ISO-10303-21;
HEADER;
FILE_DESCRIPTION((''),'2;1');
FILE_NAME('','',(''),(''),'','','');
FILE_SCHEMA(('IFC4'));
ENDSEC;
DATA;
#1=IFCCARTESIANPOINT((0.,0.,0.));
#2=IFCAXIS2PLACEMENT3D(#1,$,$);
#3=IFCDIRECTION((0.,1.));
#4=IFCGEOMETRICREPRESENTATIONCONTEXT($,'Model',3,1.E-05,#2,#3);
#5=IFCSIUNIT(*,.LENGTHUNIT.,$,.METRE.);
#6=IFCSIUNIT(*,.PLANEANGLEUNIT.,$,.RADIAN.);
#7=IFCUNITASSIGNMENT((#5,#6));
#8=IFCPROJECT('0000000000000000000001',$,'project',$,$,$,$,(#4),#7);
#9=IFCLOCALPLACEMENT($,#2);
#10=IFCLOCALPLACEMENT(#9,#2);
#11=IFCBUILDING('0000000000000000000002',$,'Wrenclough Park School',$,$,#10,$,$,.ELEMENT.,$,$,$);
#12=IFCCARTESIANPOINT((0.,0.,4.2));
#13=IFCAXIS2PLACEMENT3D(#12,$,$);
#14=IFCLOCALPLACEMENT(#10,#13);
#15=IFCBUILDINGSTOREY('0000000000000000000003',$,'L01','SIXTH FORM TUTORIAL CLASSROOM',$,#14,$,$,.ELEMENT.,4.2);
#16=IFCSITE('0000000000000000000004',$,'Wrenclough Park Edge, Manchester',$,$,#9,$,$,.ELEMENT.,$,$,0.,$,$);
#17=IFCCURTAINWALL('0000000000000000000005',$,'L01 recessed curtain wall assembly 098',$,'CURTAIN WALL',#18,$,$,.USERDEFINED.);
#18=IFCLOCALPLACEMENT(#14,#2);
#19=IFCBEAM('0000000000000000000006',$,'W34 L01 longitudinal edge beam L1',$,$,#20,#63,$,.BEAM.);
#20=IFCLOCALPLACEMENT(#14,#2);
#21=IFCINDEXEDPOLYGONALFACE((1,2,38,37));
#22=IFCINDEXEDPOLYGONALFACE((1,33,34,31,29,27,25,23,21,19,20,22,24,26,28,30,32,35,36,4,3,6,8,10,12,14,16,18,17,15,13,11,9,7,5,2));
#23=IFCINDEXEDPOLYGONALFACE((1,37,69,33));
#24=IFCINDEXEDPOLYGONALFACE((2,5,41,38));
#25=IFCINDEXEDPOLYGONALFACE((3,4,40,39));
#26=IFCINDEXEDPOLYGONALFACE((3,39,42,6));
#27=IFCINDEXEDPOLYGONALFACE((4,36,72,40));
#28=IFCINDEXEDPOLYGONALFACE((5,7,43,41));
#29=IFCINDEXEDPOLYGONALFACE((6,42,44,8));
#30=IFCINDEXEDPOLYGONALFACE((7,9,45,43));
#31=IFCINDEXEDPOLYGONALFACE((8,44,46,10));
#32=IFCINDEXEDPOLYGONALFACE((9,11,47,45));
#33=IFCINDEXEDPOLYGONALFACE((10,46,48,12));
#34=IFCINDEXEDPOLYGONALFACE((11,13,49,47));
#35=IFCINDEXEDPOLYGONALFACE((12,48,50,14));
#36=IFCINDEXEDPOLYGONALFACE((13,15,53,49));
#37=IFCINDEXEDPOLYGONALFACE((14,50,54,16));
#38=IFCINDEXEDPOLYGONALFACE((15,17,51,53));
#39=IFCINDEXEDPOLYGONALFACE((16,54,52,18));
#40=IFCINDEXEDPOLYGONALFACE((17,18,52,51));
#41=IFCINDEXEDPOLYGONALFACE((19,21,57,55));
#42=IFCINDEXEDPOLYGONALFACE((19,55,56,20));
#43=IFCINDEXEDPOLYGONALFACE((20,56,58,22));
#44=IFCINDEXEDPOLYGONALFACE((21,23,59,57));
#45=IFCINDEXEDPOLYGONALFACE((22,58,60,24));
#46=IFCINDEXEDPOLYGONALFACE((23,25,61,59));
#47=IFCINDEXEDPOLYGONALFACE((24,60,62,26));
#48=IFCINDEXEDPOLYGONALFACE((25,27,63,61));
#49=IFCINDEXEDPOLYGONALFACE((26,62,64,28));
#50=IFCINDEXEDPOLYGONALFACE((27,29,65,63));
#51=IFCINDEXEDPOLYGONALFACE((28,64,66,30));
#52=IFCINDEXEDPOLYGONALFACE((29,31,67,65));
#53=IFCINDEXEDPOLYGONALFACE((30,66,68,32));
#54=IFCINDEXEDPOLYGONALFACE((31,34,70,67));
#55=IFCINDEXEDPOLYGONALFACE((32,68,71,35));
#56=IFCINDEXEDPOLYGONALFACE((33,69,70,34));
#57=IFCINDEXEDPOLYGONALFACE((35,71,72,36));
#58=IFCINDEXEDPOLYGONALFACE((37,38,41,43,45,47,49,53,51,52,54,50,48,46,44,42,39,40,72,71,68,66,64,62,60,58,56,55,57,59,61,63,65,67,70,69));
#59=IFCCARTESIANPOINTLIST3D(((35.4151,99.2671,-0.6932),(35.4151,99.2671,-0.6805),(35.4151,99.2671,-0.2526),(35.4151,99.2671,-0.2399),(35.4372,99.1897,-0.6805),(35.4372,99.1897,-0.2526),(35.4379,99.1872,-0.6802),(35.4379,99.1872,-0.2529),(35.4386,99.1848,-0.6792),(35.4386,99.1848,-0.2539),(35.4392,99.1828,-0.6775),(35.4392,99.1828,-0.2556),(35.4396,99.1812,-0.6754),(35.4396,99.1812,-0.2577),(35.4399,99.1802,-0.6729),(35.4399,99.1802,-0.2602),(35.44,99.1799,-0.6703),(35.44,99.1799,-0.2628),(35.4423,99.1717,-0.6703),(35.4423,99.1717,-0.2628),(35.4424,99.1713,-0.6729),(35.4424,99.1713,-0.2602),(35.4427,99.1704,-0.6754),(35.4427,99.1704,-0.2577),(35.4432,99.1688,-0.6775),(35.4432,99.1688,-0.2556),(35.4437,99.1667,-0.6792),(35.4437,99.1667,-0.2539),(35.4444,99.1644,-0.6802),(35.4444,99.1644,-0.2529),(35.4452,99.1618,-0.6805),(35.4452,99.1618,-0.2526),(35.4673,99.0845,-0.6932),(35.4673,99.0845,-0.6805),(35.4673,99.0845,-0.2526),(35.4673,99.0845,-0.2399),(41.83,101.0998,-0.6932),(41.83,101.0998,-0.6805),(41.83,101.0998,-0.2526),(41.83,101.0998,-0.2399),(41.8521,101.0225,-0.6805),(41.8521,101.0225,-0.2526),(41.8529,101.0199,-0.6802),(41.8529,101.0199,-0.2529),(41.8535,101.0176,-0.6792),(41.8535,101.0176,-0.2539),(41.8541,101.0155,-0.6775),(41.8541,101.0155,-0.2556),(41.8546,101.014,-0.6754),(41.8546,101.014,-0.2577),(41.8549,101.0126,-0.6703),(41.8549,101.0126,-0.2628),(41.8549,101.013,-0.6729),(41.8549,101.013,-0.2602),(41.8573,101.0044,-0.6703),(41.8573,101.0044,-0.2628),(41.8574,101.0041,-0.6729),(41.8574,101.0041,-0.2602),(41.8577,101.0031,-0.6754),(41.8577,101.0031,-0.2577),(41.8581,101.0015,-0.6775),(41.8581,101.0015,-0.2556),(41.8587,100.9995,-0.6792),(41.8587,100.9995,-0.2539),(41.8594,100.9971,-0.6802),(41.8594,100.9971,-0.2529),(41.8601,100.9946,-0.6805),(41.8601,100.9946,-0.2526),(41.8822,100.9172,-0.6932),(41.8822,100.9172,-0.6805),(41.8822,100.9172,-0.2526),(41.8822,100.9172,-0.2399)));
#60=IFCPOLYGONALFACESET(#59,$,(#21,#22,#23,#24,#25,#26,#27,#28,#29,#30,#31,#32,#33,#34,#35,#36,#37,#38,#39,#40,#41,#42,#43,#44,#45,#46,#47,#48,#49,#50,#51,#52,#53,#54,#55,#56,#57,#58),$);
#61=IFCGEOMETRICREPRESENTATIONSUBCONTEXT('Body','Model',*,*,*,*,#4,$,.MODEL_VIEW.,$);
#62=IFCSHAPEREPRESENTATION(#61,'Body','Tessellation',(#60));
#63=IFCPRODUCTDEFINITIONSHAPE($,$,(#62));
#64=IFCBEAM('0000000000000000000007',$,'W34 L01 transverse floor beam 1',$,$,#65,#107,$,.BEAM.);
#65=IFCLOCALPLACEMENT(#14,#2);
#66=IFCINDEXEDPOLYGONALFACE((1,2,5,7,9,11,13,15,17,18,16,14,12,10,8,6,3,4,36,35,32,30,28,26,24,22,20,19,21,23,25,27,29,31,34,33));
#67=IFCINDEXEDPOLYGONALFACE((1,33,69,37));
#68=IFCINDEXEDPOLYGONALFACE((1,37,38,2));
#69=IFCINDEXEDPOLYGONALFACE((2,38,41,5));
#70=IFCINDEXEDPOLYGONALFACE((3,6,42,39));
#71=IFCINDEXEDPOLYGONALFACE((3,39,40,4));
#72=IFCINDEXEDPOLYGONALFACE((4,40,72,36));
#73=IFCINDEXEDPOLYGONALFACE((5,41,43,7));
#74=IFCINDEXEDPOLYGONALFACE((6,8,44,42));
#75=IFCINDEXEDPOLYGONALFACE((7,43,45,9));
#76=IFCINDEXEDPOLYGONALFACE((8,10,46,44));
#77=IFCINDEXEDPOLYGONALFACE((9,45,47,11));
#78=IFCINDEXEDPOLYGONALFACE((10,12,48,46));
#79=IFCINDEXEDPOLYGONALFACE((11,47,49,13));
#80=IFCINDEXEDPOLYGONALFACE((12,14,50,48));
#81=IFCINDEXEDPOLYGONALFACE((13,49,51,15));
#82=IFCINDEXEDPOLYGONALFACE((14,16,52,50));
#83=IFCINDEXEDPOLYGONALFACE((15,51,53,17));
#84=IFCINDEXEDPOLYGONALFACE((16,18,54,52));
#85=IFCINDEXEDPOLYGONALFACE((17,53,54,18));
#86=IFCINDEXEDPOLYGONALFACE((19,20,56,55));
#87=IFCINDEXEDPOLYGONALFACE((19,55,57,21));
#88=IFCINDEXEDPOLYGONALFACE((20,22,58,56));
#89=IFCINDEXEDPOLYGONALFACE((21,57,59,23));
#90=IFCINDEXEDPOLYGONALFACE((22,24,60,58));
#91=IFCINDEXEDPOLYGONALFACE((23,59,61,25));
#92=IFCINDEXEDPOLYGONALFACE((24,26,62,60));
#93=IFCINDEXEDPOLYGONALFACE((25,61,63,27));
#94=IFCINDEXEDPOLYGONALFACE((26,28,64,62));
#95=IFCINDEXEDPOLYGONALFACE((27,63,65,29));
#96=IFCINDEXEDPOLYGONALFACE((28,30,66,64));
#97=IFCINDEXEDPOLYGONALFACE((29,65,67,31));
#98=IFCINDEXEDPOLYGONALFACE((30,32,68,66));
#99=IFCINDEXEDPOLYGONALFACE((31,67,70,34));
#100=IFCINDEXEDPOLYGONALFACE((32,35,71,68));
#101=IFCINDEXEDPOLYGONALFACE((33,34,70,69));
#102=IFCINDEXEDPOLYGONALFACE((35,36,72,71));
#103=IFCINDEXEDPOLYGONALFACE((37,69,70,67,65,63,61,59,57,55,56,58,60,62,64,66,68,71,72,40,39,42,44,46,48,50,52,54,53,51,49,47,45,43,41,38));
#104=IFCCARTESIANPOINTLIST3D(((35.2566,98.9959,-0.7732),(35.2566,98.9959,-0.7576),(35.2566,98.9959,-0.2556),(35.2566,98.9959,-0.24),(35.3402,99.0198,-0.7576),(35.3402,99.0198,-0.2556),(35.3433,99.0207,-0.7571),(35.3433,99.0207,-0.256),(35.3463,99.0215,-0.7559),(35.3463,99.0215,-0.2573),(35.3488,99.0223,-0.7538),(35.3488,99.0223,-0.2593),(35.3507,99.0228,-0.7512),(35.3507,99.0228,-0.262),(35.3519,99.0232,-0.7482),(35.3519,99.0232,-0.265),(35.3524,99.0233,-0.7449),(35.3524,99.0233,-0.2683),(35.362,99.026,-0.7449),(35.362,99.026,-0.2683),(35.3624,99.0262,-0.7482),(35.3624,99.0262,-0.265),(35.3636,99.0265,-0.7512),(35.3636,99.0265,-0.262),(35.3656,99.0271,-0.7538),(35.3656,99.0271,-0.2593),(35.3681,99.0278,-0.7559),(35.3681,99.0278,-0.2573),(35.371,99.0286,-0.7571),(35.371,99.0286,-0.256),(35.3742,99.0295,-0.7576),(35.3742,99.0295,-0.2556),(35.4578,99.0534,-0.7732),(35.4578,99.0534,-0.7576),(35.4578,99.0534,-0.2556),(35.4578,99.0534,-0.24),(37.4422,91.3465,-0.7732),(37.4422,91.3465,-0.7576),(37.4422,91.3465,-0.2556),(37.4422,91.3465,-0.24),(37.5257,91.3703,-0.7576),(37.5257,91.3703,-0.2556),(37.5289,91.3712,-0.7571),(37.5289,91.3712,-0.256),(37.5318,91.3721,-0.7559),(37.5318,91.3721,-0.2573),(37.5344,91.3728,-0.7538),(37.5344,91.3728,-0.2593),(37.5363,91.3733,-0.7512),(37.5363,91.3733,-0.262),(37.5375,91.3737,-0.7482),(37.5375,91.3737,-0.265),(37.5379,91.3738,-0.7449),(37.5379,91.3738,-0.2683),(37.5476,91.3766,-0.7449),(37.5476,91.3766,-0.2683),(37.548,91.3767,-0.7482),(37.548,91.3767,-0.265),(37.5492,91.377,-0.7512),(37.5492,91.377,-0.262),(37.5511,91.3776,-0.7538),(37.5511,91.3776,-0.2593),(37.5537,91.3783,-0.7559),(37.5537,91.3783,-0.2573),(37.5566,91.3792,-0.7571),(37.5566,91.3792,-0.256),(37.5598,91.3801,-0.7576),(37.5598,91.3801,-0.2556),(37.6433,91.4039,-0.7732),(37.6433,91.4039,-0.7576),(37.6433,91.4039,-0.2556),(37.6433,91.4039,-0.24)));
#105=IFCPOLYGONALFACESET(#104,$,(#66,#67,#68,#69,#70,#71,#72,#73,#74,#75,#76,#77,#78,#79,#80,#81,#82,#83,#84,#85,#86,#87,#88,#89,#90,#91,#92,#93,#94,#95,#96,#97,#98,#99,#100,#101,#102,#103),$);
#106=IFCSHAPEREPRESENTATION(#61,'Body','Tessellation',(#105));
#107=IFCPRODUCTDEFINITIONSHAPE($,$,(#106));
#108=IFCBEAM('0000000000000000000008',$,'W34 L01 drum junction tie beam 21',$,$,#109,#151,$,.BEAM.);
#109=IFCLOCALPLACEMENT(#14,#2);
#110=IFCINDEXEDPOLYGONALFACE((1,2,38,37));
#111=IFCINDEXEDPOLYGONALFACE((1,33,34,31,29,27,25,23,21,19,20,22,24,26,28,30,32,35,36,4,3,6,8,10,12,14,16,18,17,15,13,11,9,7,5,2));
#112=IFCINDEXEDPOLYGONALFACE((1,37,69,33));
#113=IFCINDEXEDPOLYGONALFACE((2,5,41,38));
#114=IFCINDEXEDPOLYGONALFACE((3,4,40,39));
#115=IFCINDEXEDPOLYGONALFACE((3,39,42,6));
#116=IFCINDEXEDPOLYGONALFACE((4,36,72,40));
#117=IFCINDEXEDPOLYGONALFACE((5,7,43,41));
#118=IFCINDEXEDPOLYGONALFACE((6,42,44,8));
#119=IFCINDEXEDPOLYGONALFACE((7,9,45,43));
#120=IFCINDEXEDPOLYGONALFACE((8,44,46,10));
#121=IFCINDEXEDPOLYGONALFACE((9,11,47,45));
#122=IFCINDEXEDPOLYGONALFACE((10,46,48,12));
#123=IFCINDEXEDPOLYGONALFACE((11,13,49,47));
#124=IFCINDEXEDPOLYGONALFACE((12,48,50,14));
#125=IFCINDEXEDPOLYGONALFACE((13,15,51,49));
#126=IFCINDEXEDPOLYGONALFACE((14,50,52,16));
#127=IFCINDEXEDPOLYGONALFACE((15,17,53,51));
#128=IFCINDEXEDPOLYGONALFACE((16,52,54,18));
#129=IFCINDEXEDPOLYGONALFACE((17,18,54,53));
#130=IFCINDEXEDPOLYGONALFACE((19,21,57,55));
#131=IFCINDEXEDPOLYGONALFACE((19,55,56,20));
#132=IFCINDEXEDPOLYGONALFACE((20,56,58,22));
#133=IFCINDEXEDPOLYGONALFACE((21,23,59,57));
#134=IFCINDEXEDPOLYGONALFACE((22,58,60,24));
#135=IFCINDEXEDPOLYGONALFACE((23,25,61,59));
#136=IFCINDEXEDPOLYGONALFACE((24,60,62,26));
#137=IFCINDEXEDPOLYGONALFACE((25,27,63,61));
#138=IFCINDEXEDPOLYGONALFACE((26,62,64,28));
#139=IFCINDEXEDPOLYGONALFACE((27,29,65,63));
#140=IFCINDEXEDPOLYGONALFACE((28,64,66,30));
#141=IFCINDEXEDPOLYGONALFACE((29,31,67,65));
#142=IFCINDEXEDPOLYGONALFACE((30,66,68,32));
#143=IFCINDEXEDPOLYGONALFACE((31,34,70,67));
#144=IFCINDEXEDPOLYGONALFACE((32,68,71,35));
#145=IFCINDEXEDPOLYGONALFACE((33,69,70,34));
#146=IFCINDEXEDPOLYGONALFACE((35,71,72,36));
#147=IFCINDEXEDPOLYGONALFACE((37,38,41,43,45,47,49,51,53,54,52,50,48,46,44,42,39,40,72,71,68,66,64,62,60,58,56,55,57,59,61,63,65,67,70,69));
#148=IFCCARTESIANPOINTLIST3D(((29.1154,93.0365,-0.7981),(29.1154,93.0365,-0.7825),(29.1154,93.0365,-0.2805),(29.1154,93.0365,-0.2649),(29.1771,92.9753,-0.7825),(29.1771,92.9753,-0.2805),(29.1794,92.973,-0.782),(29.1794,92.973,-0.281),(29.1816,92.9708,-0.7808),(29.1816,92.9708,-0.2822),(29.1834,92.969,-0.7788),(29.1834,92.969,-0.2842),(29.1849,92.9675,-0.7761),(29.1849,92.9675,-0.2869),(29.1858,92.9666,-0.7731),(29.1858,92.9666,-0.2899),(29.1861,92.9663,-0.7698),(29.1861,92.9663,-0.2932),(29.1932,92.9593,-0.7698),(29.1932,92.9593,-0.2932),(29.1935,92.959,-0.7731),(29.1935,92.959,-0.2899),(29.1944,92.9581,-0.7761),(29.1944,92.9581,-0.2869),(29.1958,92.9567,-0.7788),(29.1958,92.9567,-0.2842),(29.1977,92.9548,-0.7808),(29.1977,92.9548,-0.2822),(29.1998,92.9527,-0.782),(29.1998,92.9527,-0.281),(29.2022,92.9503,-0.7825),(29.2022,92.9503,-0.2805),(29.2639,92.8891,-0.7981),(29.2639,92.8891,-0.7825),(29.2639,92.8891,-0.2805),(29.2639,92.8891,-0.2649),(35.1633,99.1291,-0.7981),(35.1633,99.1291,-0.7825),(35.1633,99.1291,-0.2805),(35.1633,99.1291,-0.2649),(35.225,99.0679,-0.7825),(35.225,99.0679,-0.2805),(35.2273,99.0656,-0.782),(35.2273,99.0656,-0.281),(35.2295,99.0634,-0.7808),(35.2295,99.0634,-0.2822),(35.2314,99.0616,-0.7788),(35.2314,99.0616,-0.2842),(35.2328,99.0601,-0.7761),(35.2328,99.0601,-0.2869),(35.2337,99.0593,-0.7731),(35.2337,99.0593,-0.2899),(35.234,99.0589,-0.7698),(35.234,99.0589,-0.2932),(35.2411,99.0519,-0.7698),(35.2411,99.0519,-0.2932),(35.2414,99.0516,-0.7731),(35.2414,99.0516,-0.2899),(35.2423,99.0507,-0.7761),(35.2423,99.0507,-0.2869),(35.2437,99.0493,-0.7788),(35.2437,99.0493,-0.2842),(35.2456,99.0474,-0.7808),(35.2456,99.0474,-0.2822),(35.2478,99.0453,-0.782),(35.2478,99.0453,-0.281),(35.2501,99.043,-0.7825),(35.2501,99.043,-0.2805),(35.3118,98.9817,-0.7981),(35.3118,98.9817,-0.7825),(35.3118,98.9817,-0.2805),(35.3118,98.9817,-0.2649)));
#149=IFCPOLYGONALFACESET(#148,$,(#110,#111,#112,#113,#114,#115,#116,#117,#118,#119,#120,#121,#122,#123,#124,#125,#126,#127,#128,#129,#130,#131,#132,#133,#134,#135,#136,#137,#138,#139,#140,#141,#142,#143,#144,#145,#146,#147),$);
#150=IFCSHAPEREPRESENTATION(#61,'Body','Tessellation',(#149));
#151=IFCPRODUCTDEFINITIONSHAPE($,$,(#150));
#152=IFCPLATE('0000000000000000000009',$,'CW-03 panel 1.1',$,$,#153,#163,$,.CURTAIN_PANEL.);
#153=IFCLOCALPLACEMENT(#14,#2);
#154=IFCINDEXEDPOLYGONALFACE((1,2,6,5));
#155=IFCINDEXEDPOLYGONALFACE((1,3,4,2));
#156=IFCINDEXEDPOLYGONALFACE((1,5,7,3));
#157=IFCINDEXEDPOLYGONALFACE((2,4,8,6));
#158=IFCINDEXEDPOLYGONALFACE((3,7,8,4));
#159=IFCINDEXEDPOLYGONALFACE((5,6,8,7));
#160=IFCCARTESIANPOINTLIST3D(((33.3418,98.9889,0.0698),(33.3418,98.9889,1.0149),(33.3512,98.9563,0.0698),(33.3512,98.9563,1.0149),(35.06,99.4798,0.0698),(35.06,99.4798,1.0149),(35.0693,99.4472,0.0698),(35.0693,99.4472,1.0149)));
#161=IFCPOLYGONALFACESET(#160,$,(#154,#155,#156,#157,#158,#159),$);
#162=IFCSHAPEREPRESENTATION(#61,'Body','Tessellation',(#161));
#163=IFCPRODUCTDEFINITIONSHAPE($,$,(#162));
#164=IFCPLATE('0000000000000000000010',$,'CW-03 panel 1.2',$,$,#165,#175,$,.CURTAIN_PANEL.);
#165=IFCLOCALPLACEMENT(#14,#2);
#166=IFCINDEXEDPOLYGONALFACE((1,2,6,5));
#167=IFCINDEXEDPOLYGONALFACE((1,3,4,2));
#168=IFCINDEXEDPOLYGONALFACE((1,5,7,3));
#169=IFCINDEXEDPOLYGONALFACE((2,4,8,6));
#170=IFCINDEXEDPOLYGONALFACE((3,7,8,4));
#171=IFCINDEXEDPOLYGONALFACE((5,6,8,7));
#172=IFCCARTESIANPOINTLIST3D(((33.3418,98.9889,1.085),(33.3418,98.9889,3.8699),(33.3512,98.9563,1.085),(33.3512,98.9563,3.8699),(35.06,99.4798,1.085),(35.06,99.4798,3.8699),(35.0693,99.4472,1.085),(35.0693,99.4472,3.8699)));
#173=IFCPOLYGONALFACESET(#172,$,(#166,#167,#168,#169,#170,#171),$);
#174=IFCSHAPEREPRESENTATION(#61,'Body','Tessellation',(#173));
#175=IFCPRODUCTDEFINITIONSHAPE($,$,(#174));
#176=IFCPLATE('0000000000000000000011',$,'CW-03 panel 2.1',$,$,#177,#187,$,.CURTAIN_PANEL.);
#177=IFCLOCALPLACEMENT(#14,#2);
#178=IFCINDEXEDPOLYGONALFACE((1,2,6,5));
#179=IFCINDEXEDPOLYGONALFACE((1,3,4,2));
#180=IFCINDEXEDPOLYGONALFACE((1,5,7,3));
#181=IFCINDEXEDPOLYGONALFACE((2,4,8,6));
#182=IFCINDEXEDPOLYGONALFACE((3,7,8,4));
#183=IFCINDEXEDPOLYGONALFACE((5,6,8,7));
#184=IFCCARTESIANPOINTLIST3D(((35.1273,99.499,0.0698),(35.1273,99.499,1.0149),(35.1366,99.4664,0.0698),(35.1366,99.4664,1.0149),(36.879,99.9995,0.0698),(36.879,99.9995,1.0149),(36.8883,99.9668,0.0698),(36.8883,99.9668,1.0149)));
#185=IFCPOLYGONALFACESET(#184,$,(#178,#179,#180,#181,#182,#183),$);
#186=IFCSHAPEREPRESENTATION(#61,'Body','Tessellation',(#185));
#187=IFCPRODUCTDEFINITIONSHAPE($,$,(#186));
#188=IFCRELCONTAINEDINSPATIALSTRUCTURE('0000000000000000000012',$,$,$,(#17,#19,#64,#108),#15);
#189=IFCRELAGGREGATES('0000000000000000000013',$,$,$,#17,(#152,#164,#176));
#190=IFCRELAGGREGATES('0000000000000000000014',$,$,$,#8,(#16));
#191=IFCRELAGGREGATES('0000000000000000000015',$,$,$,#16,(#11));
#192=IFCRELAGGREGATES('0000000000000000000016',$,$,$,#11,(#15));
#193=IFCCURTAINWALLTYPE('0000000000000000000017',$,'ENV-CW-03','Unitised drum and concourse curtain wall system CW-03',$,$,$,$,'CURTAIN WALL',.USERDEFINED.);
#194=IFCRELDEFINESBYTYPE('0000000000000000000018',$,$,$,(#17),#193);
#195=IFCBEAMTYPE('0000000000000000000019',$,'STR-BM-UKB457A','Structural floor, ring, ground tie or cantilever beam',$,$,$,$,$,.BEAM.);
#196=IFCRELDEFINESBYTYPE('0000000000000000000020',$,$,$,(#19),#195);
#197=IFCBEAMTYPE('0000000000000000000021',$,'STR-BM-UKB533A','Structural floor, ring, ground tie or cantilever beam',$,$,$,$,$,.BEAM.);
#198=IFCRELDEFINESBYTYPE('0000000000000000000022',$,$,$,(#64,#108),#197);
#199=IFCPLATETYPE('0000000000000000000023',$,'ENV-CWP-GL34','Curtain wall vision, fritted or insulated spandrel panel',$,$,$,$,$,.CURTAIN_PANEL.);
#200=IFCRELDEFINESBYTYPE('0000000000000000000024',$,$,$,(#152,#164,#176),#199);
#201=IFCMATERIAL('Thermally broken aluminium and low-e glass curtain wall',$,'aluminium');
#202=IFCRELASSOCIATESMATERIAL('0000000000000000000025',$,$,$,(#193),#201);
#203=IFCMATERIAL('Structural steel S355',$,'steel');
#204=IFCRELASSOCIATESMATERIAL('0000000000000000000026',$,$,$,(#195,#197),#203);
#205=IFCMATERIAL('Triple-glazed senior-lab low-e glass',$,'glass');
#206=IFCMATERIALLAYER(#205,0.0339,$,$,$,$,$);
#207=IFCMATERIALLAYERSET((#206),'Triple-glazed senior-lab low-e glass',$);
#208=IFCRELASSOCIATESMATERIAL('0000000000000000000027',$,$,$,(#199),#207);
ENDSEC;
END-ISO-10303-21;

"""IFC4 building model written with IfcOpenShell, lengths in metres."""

from ifc_helpers import new_model, si_unit, direction, frame, origin, origin_2d, place, context, subcontext, project, spatial, rectangle, i_section, extrude, material, layer, layer_set, material_profile, profile_set, type_object, element, aggregate, save


model = new_model("IFC4")

# Units and contexts
model_context = context("Model", 3, precision=1e-05, world=origin(), true_north=direction((0.0, 1.0)))
body_context = subcontext(model_context, "Body", "Model", "MODEL_VIEW")
ifc_project = project(units=[si_unit("LENGTHUNIT", "METRE"), si_unit("PLANEANGLEUNIT", "RADIAN")], contexts=[model_context])

# Site, building, storey
site_placement = place(None, origin())
site = spatial("IfcSite", under=ifc_project, at=site_placement, Name="Wrenclough Park Edge, Manchester", CompositionType="ELEMENT", RefElevation=0.0)
building_placement = place(site_placement, origin())
building = spatial("IfcBuilding", under=site, at=building_placement, Name="Wrenclough Park School", CompositionType="ELEMENT")
storey_placement = place(building_placement, frame((0.0, 0.0, 4.2)))
storey = spatial("IfcBuildingStorey", under=building, at=storey_placement, Name="L01", Description="SIXTH FORM TUTORIAL CLASSROOM", CompositionType="ELEMENT", Elevation=4.2)

# Shared definitions
ifc_material_1 = material(Name="Structural steel S355", Category="steel")

# Curtain wall
ifc_material_2 = material(Name="Thermally broken aluminium and low-e glass curtain wall", Category="aluminium")
curtain_wall_type = type_object("IfcCurtainWallType", Name="ENV-CW-03", Description="Unitised drum and concourse curtain wall system CW-03", ElementType="CURTAIN WALL", PredefinedType="USERDEFINED", material=ifc_material_2)
curtain_wall_placement = place(storey_placement, origin())
curtain_wall = element("IfcCurtainWall", 1, at=curtain_wall_placement, inside=storey, type_object=curtain_wall_type, Name="L01 recessed curtain wall assembly 098", ObjectType="CURTAIN WALL", PredefinedType="USERDEFINED")

# Beams
ifc_material_profile_1 = material_profile(ifc_material_1, i_section(OverallWidth=0.1899, OverallDepth=0.4534, WebThickness=0.0085, FlangeThickness=0.0127, FilletRadius=0.0103, at=origin_2d()), Name="UKB 457x191x67")
ifc_profile_set_1 = profile_set([ifc_material_profile_1], Name="Structural steel S355")
beam_type_1 = type_object("IfcBeamType", Name="STR-BM-UKB457A", Description="Structural floor, ring, ground tie or cantilever beam", PredefinedType="BEAM", material=ifc_profile_set_1)
beam_1_placement = place(storey_placement, frame((35.4412, 99.1758, -0.4666), z_axis=(0.961528, 0.274707, 0.0), x_axis=(-0.274707, 0.961528, 0.0)))
element("IfcBeam", 2, at=beam_1_placement, inside=storey, type_object=beam_type_1, Name="W34 L01 longitudinal edge beam L1", PredefinedType="BEAM", context=body_context, shape_type="SweptSolid", body=[
    extrude(i_section(OverallWidth=0.1899, OverallDepth=0.4534, WebThickness=0.0085, FlangeThickness=0.0127, FilletRadius=0.0103, at=origin_2d()), origin(), (0.0, 0.0, 1.0), 6.6716),
])
ifc_material_profile_2 = material_profile(ifc_material_1, i_section(OverallWidth=0.2092, OverallDepth=0.5332, WebThickness=0.01, FlangeThickness=0.0156, FilletRadius=0.0127, at=origin_2d()), Name="UKB 533x210x92")
ifc_profile_set_2 = profile_set([ifc_material_profile_2], Name="Structural steel S355")
beam_type_2 = type_object("IfcBeamType", Name="STR-BM-UKB533A", Description="Structural floor, ring, ground tie or cantilever beam", PredefinedType="BEAM", material=ifc_profile_set_2)
beam_2_placement = place(storey_placement, frame((35.3572, 99.0247, -0.5066), z_axis=(0.274721, -0.961524, 0.0), x_axis=(0.961524, 0.274721, 0.0)))
element("IfcBeam", 3, at=beam_2_placement, inside=storey, type_object=beam_type_2, Name="W34 L01 transverse floor beam 1", PredefinedType="BEAM", context=body_context, shape_type="SweptSolid", body=[
    extrude(i_section(OverallWidth=0.2092, OverallDepth=0.5332, WebThickness=0.01, FlangeThickness=0.0156, FilletRadius=0.0127, at=origin_2d()), origin(), (0.0, 0.0, 1.0), 7.9556),
])
beam_3_placement = place(storey_placement, frame((35.2375, 99.0554, -0.5315), z_axis=(-0.7045, -0.709704, 0.0), x_axis=(0.709704, -0.7045, 0.0)))
element("IfcBeam", 4, at=beam_3_placement, inside=storey, type_object=beam_type_2, Name="W34 L01 drum junction tie beam 21", PredefinedType="BEAM", context=body_context, shape_type="SweptSolid", body=[
    extrude(i_section(OverallWidth=0.2092, OverallDepth=0.5332, WebThickness=0.01, FlangeThickness=0.0156, FilletRadius=0.0127, at=origin_2d()), origin(), (0.0, 0.0, 1.0), 8.5847),
])

# Plates
ifc_material_3 = material(Name="Triple-glazed senior-lab low-e glass", Category="glass")
ifc_layer_1 = layer(ifc_material_3, 0.0339)
ifc_layer_set_1 = layer_set([ifc_layer_1], Name="Triple-glazed senior-lab low-e glass")
plate_type = type_object("IfcPlateType", Name="ENV-CWP-GL34", Description="Curtain wall vision, fritted or insulated spandrel panel", PredefinedType="CURTAIN_PANEL", material=ifc_layer_set_1)
plate_1_placement = place(storey_placement, frame((34.2056, 99.218, 0.0698), z_axis=(0.0, 0.0, 1.0), x_axis=(0.961522, 0.274726, 0.0)))
plate_1 = element("IfcPlate", 5, at=plate_1_placement, type_object=plate_type, Name="CW-03 panel 1.1", PredefinedType="CURTAIN_PANEL", context=body_context, shape_type="SweptSolid", body=[
    extrude(rectangle(XDim=1.7869, YDim=0.0339, at=origin_2d()), origin(), (0.0, 0.0, 1.0), 0.9451),
])
plate_2_placement = place(storey_placement, frame((34.2056, 99.218, 1.085), z_axis=(0.0, 0.0, 1.0), x_axis=(0.961522, 0.274726, 0.0)))
plate_2 = element("IfcPlate", 6, at=plate_2_placement, type_object=plate_type, Name="CW-03 panel 1.2", PredefinedType="CURTAIN_PANEL", context=body_context, shape_type="SweptSolid", body=[
    extrude(rectangle(XDim=1.7869, YDim=0.0339, at=origin_2d()), origin(), (0.0, 0.0, 1.0), 2.7849),
])
plate_3_placement = place(storey_placement, frame((36.0078, 99.7329, 0.0698), z_axis=(0.0, 0.0, 1.0), x_axis=(0.961522, 0.274726, 0.0)))
plate_3 = element("IfcPlate", 7, at=plate_3_placement, type_object=plate_type, Name="CW-03 panel 2.1", PredefinedType="CURTAIN_PANEL", context=body_context, shape_type="SweptSolid", body=[
    extrude(rectangle(XDim=1.8218, YDim=0.0339, at=origin_2d()), origin(), (0.0, 0.0, 1.0), 0.9451),
])
aggregate(curtain_wall, [plate_1, plate_2, plate_3])

save(model, "model.ifc")
